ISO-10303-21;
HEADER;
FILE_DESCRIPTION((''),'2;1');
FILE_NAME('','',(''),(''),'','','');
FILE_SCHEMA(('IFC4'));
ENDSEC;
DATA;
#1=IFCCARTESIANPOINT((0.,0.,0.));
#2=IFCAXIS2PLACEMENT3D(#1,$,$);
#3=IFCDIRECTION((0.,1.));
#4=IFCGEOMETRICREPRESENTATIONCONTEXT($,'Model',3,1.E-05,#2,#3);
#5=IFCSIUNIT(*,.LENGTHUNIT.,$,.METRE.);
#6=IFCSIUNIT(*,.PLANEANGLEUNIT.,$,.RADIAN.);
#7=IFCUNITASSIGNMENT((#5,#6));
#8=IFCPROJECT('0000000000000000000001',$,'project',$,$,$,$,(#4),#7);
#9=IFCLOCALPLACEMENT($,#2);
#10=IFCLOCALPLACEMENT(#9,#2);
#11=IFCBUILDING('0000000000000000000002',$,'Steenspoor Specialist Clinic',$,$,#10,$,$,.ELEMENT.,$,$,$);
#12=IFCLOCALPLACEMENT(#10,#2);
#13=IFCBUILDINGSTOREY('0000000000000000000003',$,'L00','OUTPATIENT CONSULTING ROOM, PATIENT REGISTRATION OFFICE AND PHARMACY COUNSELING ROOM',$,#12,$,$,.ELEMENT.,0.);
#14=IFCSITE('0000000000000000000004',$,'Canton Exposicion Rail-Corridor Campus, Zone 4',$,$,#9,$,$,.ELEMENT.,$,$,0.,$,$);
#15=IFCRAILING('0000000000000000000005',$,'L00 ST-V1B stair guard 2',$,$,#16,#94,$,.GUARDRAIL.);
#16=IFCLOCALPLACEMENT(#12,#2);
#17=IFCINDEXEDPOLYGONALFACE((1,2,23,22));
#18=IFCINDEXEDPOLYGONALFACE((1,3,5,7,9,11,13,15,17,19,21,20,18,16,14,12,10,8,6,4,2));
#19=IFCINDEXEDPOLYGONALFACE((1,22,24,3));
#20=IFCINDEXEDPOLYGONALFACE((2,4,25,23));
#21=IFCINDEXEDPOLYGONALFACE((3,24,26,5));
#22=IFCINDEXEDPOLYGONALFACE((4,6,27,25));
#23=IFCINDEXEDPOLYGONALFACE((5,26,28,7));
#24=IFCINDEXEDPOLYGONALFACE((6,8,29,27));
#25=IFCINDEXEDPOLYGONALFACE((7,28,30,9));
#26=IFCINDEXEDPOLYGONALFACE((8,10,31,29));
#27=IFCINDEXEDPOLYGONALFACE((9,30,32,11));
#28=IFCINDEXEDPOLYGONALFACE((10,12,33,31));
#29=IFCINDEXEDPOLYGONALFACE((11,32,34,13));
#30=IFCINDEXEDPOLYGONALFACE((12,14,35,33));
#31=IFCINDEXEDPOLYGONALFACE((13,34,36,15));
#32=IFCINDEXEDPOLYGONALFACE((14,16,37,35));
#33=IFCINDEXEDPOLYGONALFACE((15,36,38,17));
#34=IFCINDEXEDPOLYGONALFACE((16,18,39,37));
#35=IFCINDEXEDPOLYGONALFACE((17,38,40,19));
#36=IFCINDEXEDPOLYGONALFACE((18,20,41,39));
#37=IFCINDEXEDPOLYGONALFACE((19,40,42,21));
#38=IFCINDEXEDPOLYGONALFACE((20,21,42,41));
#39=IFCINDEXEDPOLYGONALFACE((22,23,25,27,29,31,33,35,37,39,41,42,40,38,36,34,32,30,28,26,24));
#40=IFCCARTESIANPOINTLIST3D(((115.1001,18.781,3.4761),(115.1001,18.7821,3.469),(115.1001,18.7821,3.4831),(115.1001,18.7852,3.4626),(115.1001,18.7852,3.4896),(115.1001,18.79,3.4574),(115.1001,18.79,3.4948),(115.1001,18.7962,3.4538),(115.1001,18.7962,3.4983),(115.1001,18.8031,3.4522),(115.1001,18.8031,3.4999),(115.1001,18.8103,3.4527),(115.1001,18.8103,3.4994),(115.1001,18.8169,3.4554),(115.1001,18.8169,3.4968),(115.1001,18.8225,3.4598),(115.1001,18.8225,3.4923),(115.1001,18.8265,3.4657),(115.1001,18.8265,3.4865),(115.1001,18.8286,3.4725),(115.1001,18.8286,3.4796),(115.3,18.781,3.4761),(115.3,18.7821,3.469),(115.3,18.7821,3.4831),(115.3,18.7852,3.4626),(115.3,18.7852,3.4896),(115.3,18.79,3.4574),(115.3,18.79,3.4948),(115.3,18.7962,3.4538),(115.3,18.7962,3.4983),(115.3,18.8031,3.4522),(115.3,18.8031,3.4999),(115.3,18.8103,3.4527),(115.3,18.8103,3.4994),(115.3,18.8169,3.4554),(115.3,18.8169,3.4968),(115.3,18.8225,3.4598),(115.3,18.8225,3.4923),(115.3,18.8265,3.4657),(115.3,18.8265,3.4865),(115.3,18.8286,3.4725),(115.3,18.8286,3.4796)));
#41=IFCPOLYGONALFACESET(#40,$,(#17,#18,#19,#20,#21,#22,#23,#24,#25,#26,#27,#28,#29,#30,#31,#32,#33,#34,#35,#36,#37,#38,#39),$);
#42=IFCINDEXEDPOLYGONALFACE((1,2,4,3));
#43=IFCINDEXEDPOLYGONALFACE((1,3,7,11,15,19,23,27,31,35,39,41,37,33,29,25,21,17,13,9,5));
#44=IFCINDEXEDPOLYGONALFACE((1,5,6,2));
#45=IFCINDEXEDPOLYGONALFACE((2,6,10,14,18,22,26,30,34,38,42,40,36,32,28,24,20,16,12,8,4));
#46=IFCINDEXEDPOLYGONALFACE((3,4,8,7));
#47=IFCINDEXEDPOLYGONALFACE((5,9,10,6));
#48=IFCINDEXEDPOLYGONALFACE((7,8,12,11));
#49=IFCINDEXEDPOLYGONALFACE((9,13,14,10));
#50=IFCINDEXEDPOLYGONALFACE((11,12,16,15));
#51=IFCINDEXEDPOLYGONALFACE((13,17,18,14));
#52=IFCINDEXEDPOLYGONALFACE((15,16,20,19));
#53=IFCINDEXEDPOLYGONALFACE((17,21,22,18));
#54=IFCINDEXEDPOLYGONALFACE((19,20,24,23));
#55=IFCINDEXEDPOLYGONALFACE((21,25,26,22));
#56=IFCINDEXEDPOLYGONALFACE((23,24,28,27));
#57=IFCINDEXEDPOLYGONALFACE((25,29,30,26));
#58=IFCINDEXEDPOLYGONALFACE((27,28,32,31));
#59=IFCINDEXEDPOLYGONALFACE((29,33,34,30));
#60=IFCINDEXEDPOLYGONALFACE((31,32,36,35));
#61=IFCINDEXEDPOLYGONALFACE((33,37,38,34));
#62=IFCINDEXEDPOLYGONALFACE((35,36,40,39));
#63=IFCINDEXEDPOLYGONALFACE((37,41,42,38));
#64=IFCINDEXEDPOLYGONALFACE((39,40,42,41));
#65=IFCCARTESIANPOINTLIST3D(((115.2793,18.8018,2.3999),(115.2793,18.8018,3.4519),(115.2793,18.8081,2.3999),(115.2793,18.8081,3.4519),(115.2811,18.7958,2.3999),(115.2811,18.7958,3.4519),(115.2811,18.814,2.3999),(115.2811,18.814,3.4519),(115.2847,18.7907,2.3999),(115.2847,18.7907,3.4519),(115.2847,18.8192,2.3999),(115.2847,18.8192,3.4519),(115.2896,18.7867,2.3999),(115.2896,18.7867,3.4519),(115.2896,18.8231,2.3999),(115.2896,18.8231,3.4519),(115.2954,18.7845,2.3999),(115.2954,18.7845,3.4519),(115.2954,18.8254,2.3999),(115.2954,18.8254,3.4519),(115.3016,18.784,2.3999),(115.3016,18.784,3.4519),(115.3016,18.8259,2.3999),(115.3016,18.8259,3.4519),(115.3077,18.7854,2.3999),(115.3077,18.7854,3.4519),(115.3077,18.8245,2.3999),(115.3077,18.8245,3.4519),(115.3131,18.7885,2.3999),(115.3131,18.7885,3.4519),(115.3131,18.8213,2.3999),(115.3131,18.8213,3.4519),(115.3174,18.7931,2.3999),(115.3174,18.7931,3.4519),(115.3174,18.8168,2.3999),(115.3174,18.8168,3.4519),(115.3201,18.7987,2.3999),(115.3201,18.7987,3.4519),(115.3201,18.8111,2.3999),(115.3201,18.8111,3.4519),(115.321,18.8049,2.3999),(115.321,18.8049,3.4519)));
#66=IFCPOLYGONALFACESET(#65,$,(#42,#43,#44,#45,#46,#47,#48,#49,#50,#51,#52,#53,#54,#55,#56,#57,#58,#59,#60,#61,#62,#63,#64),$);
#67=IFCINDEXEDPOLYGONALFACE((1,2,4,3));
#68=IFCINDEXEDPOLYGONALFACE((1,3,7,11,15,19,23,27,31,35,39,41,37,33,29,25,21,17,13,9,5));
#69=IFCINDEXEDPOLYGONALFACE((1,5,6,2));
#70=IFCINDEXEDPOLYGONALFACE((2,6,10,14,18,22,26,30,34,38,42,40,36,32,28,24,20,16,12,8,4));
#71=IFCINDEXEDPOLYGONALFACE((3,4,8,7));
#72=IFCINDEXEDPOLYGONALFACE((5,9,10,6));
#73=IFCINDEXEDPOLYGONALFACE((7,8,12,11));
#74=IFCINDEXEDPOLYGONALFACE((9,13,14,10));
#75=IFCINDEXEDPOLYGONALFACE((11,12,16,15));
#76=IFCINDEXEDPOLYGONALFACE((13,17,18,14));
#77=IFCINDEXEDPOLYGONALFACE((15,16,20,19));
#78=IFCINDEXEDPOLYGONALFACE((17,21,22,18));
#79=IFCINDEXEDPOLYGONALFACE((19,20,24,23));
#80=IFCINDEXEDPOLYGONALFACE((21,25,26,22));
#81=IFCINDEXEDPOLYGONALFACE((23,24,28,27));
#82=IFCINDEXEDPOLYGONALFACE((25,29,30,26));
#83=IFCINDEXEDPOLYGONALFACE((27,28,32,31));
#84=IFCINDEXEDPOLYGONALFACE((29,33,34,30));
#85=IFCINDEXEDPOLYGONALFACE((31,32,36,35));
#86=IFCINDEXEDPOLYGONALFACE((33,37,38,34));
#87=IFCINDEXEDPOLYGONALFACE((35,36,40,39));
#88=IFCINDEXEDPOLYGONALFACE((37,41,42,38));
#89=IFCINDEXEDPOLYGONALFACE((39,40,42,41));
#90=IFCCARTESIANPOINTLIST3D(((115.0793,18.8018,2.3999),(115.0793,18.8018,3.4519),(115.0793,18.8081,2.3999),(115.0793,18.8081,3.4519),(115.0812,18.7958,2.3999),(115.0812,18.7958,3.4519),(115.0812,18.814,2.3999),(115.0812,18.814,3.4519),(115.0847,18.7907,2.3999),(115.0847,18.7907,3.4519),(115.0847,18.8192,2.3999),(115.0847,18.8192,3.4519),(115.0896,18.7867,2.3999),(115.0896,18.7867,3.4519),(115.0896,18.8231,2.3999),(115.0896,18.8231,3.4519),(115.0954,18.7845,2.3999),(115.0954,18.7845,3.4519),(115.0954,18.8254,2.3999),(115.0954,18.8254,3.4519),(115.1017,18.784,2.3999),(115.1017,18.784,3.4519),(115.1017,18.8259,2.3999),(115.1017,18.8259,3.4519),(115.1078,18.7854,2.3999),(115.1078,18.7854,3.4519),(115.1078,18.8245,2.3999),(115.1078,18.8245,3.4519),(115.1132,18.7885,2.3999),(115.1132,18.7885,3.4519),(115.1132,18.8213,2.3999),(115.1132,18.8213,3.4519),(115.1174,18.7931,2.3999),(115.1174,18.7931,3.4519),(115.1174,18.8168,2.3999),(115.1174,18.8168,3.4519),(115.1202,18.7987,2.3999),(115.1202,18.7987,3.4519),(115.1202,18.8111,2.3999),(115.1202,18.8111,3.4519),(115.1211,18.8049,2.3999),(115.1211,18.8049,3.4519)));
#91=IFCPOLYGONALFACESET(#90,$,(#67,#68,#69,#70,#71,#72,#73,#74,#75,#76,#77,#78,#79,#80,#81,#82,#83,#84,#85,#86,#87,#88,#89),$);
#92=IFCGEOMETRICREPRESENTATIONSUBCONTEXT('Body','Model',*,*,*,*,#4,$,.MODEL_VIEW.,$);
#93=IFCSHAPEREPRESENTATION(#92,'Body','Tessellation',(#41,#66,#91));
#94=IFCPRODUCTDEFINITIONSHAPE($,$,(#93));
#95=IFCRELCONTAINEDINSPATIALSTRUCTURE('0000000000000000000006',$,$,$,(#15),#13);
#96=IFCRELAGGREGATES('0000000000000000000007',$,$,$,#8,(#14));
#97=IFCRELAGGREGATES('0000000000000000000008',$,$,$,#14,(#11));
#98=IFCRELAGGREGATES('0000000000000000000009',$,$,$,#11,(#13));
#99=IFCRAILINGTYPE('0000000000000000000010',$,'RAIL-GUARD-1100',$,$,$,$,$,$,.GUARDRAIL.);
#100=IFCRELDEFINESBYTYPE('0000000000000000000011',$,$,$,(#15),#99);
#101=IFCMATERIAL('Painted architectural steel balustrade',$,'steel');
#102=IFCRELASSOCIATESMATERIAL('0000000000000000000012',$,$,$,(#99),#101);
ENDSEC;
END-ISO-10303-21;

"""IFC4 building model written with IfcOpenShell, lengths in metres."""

from ifc_helpers import new_model, si_unit, direction, frame, origin, origin_2d, place, context, subcontext, project, spatial, circle, extrude, material, type_object, element, save


model = new_model("IFC4")

# Units and contexts
model_context = context("Model", 3, precision=1e-05, world=origin(), true_north=direction((0.0, 1.0)))
body_context = subcontext(model_context, "Body", "Model", "MODEL_VIEW")
ifc_project = project(units=[si_unit("LENGTHUNIT", "METRE"), si_unit("PLANEANGLEUNIT", "RADIAN")], contexts=[model_context])

# Site, building, storey
site_placement = place(None, origin())
site = spatial("IfcSite", under=ifc_project, at=site_placement, Name="Canton Exposicion Rail-Corridor Campus, Zone 4", CompositionType="ELEMENT", RefElevation=0.0)
building_placement = place(site_placement, origin())
building = spatial("IfcBuilding", under=site, at=building_placement, Name="Steenspoor Specialist Clinic", CompositionType="ELEMENT")
storey_placement = place(building_placement, origin())
storey = spatial("IfcBuildingStorey", under=building, at=storey_placement, Name="L00", Description="OUTPATIENT CONSULTING ROOM, PATIENT REGISTRATION OFFICE AND PHARMACY COUNSELING ROOM", CompositionType="ELEMENT", Elevation=0.0)

# Railing
ifc_material_1 = material(Name="Painted architectural steel balustrade", Category="steel")
railing_type_1 = type_object("IfcRailingType", Name="RAIL-GUARD-1100", PredefinedType="GUARDRAIL", material=ifc_material_1)
railing_1_placement = place(storey_placement, frame((115.3, 18.8049, 2.3999)))
element("IfcRailing", 1, at=railing_1_placement, inside=storey, type_object=railing_type_1, Name="L00 ST-V1B stair guard 2", PredefinedType="GUARDRAIL", context=body_context, shape_type="SweptSolid", body=[
    extrude(circle(Radius=0.0239, at=origin_2d()), frame((0.0, 0.0, 1.0762), z_axis=(-1.0, 0.0, 0.0), x_axis=(0.0, -1.0, 0.0)), (0.0, 0.0, 1.0), 0.2),
    extrude(circle(Radius=0.021, at=origin_2d()), origin(), (0.0, 0.0, 1.0), 1.052),
    extrude(circle(Radius=0.021, at=origin_2d()), frame((-0.2, 0.0, 0.0)), (0.0, 0.0, 1.0), 1.052),
])

save(model, "model.ifc")
